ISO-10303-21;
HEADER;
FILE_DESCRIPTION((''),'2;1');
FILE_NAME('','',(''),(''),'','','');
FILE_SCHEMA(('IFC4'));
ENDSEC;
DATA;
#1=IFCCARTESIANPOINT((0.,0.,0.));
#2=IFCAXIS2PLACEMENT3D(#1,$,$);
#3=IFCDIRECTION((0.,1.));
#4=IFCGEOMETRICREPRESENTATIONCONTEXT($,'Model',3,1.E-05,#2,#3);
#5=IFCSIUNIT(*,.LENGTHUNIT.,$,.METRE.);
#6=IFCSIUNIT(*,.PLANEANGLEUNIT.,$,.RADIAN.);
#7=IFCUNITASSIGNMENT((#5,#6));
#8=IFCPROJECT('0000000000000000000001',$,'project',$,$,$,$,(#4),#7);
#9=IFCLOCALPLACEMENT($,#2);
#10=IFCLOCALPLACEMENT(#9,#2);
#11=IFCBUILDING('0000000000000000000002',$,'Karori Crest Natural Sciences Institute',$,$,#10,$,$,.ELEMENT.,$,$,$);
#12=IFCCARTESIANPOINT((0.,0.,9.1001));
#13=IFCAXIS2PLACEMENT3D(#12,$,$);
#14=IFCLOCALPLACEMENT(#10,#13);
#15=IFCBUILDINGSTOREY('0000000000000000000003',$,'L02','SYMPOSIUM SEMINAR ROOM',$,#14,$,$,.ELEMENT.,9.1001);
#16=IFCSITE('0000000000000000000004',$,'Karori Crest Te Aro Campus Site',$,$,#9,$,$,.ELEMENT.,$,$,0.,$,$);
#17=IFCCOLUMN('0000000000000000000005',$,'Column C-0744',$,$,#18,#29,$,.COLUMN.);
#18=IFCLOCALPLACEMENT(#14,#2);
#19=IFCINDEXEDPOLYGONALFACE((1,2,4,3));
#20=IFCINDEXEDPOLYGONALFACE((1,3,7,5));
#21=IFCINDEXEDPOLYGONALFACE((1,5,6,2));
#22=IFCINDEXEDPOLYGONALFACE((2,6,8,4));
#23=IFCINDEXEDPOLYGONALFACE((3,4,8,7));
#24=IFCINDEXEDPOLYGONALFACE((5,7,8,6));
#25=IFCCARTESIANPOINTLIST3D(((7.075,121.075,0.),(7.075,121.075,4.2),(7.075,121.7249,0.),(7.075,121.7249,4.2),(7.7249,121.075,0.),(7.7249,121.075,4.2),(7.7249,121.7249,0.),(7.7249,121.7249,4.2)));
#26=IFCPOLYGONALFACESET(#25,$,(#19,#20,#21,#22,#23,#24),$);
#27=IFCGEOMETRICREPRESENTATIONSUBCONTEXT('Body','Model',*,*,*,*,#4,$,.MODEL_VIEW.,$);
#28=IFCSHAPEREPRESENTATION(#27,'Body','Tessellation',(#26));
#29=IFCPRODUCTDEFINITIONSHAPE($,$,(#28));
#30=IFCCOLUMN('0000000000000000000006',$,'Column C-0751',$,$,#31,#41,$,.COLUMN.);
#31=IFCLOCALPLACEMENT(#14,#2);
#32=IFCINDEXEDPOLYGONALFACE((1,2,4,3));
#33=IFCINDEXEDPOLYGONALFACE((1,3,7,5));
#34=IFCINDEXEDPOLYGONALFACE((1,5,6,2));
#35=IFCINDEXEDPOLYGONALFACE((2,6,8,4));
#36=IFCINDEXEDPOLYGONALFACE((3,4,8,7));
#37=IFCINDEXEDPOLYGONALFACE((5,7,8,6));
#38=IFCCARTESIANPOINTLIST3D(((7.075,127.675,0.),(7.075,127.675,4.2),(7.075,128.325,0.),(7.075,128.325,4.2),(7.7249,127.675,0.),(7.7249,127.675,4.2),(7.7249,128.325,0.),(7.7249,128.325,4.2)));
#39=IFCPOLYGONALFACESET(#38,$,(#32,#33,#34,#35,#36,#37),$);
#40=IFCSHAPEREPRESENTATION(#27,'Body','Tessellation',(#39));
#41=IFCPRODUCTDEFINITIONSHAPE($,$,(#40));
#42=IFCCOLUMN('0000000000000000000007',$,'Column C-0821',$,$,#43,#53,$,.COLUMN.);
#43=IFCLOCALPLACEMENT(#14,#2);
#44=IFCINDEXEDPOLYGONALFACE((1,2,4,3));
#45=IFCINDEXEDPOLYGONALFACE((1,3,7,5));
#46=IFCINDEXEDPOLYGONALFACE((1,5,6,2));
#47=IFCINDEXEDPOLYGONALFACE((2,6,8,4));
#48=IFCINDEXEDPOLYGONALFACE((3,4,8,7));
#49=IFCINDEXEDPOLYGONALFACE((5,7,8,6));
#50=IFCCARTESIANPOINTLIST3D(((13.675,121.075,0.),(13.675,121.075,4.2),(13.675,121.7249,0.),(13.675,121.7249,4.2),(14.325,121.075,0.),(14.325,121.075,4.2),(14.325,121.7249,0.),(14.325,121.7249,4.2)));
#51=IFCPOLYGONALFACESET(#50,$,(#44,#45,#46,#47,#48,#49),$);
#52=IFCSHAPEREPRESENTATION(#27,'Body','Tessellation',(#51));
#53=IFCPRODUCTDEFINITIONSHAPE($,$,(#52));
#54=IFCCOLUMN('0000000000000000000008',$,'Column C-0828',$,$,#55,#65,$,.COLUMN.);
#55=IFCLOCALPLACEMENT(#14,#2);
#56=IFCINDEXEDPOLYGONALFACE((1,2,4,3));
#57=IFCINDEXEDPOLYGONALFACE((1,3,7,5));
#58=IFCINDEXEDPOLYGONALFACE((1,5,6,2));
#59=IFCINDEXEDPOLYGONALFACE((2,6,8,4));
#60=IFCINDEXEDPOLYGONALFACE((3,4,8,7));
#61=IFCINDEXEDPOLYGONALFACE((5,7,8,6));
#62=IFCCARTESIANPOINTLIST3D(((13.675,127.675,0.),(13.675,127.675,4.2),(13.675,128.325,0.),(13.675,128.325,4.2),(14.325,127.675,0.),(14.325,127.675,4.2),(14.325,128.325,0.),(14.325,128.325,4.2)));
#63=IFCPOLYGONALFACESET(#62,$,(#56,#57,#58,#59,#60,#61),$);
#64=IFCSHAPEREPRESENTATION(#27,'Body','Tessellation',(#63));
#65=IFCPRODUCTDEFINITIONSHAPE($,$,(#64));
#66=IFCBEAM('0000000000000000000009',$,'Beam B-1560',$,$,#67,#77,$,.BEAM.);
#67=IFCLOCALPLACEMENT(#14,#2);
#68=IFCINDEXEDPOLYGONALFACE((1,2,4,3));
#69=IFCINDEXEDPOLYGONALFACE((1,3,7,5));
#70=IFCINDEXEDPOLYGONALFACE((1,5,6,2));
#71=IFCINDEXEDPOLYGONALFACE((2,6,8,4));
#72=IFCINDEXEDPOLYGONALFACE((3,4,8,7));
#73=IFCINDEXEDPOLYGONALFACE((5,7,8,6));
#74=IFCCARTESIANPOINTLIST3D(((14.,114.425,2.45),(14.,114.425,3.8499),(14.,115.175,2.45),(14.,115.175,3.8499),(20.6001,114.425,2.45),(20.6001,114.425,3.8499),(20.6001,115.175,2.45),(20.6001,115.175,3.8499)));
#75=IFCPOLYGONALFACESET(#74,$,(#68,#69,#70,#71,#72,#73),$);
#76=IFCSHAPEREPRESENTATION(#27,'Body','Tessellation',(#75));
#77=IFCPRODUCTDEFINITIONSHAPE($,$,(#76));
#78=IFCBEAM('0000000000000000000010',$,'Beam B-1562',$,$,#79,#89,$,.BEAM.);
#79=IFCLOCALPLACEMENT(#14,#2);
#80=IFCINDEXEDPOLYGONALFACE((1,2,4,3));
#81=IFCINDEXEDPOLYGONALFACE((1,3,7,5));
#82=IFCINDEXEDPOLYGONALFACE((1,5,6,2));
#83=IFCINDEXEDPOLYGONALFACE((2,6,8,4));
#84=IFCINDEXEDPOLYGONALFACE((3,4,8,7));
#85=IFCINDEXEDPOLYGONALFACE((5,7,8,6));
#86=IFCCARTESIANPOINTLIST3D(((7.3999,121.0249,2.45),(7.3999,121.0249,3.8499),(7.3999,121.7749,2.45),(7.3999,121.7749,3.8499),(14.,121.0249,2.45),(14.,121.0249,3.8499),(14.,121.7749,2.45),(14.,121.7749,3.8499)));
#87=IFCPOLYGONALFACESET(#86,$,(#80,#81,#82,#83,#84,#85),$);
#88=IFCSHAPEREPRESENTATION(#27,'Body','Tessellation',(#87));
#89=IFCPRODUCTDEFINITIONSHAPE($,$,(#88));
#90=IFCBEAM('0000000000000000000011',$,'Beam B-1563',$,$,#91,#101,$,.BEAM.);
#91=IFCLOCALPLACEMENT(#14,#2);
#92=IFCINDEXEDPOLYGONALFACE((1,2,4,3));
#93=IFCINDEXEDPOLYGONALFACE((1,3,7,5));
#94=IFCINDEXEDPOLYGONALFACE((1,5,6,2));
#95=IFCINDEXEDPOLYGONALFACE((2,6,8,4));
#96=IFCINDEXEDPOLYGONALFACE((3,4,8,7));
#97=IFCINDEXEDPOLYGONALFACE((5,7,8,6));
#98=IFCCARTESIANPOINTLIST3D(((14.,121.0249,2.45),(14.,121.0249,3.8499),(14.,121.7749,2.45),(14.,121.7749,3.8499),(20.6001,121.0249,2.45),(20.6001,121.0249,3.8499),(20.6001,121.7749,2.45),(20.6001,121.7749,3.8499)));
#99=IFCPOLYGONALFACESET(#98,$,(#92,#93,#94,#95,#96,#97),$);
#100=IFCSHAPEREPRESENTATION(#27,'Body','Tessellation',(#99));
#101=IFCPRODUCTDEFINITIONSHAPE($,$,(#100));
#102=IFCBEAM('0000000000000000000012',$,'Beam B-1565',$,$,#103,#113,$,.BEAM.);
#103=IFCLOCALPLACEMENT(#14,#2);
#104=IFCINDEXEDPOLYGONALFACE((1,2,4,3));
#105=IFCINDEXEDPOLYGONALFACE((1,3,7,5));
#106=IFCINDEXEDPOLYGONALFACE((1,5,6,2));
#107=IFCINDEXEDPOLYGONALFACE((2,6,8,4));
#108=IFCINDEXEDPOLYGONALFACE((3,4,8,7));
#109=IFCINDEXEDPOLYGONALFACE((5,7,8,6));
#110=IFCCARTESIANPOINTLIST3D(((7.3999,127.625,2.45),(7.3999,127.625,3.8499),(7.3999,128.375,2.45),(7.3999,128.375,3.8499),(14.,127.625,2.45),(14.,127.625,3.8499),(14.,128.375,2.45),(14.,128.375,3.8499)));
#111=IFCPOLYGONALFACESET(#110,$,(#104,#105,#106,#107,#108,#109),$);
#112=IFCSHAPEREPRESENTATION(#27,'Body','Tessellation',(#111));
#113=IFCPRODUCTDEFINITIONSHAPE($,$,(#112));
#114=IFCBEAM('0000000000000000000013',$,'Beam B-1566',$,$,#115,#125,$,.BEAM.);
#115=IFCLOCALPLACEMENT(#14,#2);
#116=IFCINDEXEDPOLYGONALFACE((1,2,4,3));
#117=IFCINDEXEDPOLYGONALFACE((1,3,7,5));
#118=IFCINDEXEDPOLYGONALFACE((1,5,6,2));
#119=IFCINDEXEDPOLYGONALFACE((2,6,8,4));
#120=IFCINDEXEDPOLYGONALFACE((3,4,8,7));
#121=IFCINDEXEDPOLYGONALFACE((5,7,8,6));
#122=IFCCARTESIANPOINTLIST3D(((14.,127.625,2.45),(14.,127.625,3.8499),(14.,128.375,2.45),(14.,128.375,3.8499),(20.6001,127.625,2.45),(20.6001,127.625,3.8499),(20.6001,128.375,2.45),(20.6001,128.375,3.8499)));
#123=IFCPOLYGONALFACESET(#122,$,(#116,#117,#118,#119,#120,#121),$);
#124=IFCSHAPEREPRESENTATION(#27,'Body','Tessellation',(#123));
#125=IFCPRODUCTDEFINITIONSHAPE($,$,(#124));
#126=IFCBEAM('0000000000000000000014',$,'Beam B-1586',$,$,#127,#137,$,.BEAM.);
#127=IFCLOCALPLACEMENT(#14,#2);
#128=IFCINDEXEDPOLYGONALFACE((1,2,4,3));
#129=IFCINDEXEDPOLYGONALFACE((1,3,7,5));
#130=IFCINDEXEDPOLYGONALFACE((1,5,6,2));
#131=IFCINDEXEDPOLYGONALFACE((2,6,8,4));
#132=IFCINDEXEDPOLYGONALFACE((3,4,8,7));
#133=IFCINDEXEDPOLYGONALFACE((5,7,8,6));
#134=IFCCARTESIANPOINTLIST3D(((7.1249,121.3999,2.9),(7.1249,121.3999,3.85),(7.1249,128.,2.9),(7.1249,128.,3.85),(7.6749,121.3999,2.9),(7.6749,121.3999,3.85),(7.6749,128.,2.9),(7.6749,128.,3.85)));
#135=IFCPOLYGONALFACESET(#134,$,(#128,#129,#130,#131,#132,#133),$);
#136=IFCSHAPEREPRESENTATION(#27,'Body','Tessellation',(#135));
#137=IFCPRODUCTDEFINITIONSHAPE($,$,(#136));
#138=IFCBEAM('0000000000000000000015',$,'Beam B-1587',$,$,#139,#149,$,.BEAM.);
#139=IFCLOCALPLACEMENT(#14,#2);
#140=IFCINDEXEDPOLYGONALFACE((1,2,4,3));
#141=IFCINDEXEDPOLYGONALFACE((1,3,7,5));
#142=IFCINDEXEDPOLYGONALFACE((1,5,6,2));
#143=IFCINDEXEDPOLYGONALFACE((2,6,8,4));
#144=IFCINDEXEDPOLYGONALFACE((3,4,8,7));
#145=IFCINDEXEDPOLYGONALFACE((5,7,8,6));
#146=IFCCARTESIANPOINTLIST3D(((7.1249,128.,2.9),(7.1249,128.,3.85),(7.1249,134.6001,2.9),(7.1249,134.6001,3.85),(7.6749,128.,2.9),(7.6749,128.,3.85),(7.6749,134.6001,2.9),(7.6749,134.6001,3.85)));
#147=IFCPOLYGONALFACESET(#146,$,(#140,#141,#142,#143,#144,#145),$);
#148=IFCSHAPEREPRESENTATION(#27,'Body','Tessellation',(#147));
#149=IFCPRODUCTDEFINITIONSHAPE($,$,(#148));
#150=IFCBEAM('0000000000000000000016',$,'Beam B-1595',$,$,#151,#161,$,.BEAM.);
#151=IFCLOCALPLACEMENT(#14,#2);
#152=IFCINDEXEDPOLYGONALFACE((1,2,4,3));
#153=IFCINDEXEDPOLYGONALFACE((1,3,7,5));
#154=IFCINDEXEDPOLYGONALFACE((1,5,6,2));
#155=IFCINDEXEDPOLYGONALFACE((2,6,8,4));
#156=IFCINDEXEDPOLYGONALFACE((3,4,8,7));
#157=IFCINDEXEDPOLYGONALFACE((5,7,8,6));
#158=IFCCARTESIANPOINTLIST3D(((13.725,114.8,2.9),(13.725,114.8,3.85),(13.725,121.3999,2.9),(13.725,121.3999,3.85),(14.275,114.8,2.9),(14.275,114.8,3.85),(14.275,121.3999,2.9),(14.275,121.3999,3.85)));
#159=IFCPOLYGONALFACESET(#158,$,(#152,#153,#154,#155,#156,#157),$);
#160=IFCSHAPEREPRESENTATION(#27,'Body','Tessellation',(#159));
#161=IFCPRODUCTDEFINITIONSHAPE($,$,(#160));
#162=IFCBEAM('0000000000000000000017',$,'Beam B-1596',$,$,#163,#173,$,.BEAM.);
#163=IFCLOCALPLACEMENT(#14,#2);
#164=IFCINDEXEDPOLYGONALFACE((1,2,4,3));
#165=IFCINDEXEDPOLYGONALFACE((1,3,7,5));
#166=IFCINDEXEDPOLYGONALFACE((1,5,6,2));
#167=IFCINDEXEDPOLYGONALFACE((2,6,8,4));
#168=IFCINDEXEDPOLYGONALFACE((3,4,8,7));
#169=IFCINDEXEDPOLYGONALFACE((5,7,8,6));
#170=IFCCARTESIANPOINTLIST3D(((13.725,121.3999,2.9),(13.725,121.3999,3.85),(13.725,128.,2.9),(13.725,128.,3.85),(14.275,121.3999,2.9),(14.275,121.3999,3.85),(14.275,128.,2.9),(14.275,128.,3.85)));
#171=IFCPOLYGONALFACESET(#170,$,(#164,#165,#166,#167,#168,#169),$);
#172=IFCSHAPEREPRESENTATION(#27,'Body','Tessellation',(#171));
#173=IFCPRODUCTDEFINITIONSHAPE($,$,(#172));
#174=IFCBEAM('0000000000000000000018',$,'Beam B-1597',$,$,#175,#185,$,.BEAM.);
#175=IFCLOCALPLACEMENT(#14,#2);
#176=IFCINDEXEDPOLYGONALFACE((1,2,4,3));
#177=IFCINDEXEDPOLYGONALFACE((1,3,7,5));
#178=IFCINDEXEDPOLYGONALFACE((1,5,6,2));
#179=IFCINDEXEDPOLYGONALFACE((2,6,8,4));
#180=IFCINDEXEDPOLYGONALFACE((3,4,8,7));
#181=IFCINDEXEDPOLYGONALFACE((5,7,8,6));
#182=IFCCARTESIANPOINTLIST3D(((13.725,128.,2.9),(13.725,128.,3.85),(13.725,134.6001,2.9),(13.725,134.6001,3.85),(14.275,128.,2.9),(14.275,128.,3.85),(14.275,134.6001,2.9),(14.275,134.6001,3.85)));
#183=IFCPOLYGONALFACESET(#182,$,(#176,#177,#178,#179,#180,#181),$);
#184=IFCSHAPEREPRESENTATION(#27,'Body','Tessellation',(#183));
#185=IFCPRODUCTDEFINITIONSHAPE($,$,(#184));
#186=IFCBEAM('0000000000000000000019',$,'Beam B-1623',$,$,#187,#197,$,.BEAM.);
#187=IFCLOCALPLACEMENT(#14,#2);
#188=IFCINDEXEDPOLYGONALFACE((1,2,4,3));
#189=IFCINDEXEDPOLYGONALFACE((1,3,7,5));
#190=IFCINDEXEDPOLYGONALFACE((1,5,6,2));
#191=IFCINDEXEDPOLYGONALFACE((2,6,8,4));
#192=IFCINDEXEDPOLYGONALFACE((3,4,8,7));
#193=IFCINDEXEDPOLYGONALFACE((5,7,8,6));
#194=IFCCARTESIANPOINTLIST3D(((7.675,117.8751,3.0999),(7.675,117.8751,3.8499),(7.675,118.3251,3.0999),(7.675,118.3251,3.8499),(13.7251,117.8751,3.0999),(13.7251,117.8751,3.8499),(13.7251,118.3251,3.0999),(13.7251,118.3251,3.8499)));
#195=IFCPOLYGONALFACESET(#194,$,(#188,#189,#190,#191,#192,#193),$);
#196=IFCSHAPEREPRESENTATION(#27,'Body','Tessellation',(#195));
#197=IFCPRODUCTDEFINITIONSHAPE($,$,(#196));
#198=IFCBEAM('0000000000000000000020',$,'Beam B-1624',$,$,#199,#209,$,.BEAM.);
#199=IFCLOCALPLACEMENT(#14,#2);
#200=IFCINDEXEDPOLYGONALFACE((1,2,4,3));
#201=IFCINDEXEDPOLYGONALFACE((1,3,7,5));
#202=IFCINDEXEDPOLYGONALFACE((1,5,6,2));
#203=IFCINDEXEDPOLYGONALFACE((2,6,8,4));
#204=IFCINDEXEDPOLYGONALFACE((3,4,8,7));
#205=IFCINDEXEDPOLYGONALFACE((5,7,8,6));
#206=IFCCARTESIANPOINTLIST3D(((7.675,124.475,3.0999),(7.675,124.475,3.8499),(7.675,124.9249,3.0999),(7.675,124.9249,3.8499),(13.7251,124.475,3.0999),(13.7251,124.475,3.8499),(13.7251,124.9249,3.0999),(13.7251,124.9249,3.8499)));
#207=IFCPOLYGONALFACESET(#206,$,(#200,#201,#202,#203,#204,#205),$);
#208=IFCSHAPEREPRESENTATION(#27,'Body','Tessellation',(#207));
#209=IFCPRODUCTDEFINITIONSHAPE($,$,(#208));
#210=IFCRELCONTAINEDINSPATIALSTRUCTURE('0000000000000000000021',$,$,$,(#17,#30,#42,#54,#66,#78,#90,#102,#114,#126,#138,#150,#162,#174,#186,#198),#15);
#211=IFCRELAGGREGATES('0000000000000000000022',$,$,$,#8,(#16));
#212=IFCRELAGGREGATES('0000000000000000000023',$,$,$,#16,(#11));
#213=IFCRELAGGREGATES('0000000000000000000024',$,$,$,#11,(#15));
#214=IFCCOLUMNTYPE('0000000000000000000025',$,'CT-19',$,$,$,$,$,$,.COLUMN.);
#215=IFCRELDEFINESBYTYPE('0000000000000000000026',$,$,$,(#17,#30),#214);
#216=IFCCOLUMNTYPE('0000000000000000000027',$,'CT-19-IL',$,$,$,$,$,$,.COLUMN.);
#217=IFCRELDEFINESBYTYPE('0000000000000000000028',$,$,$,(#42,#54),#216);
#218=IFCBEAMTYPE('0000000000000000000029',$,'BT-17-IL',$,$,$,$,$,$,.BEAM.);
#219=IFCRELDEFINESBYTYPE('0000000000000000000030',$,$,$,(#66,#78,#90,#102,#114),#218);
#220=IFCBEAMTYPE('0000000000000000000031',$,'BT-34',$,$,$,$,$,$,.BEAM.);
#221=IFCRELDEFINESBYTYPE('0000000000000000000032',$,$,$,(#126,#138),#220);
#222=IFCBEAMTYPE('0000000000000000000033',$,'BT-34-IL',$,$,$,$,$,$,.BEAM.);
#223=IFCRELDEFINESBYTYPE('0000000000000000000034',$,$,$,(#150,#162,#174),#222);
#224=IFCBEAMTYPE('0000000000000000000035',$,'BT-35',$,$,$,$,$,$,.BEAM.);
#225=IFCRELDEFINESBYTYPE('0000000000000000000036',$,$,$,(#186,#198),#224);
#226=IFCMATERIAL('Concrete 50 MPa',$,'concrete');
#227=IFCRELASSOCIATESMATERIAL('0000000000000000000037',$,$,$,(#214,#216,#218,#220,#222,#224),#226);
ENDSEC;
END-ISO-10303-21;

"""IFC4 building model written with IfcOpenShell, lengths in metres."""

from ifc_helpers import new_model, si_unit, direction, frame, origin, origin_2d, place, context, subcontext, project, spatial, rectangle, extrude, material, material_profile, profile_set, type_object, element, save


model = new_model("IFC4")

# Units and contexts
model_context = context("Model", 3, precision=1e-05, world=origin(), true_north=direction((0.0, 1.0)))
body_context = subcontext(model_context, "Body", "Model", "MODEL_VIEW")
ifc_project = project(units=[si_unit("LENGTHUNIT", "METRE"), si_unit("PLANEANGLEUNIT", "RADIAN")], contexts=[model_context])

# Site, building, storey
site_placement = place(None, origin())
site = spatial("IfcSite", under=ifc_project, at=site_placement, Name="Karori Crest Te Aro Campus Site", CompositionType="ELEMENT", RefElevation=0.0)
building_placement = place(site_placement, origin())
building = spatial("IfcBuilding", under=site, at=building_placement, Name="Karori Crest Natural Sciences Institute", CompositionType="ELEMENT")
storey_placement = place(building_placement, frame((0.0, 0.0, 9.1001)))
storey = spatial("IfcBuildingStorey", under=building, at=storey_placement, Name="L02", Description="SYMPOSIUM SEMINAR ROOM", CompositionType="ELEMENT", Elevation=9.1001)

# Columns
ifc_material_1 = material(Name="Concrete 50 MPa", Category="concrete")
ifc_material_profile_1 = material_profile(ifc_material_1, rectangle(XDim=0.6499, YDim=0.6499, at=origin_2d()), Name="RC650x650")
ifc_profile_set_1 = profile_set([ifc_material_profile_1], Name="Concrete 50 MPa")
column_type_1 = type_object("IfcColumnType", Name="CT-19", PredefinedType="COLUMN", material=ifc_profile_set_1)
for number, where, z_axis, x_axis, name in (
    (1, (7.3999, 121.3999, 0.0), (0.0, 0.0, 1.0), (1.0, 0.0, 0.0), "Column C-0744"),
    (2, (7.3999, 128.0, 0.0), (0.0, 0.0, 1.0), (1.0, 0.0, 0.0), "Column C-0751"),
):
    element("IfcColumn", number, at=place(storey_placement, frame(where, z_axis=z_axis, x_axis=x_axis)), inside=storey, type_object=column_type_1, Name=name, PredefinedType="COLUMN", context=body_context, shape_type="SweptSolid", body=[
        extrude(rectangle(XDim=0.6499, YDim=0.6499, at=origin_2d()), origin(), (0.0, 0.0, 1.0), 4.2),
    ])
ifc_material_profile_2 = material_profile(ifc_material_1, rectangle(XDim=0.6499, YDim=0.6499, at=origin_2d()), Name="RC650x650")
ifc_profile_set_2 = profile_set([ifc_material_profile_2], Name="Concrete 50 MPa")
column_type_2 = type_object("IfcColumnType", Name="CT-19-IL", PredefinedType="COLUMN", material=ifc_profile_set_2)
for number, where, z_axis, x_axis, name in (
    (3, (14.0, 121.3999, 0.0), (0.0, 0.0, 1.0), (1.0, 0.0, 0.0), "Column C-0821"),
    (4, (14.0, 128.0, 0.0), (0.0, 0.0, 1.0), (1.0, 0.0, 0.0), "Column C-0828"),
):
    element("IfcColumn", number, at=place(storey_placement, frame(where, z_axis=z_axis, x_axis=x_axis)), inside=storey, type_object=column_type_2, Name=name, PredefinedType="COLUMN", context=body_context, shape_type="SweptSolid", body=[
        extrude(rectangle(XDim=0.6499, YDim=0.6499, at=origin_2d()), origin(), (0.0, 0.0, 1.0), 4.2),
    ])

# Beams
ifc_material_profile_3 = material_profile(ifc_material_1, rectangle(XDim=0.75, YDim=1.3999, at=origin_2d()), Name="RCB750x1400")
ifc_profile_set_3 = profile_set([ifc_material_profile_3], Name="Concrete 50 MPa")
beam_type_1 = type_object("IfcBeamType", Name="BT-17-IL", PredefinedType="BEAM", material=ifc_profile_set_3)
for number, where, z_axis, x_axis, name in (
    (5, (14.0, 114.8, 3.1499), (1.0, 0.0, 0.0), (0.0, 1.0, 0.0), "Beam B-1560"),
    (6, (7.3999, 121.3999, 3.1499), (1.0, 0.0, 0.0), (0.0, 1.0, 0.0), "Beam B-1562"),
    (7, (14.0, 121.3999, 3.1499), (1.0, 0.0, 0.0), (0.0, 1.0, 0.0), "Beam B-1563"),
    (8, (7.3999, 128.0, 3.1499), (1.0, 0.0, 0.0), (0.0, 1.0, 0.0), "Beam B-1565"),
    (9, (14.0, 128.0, 3.1499), (1.0, 0.0, 0.0), (0.0, 1.0, 0.0), "Beam B-1566"),
):
    element("IfcBeam", number, at=place(storey_placement, frame(where, z_axis=z_axis, x_axis=x_axis)), inside=storey, type_object=beam_type_1, Name=name, PredefinedType="BEAM", context=body_context, shape_type="SweptSolid", body=[
        extrude(rectangle(XDim=0.75, YDim=1.3999, at=origin_2d()), origin(), (0.0, 0.0, 1.0), 6.6001),
    ])
ifc_material_profile_4 = material_profile(ifc_material_1, rectangle(XDim=0.55, YDim=0.95, at=origin_2d()), Name="RCB550x950")
ifc_profile_set_4 = profile_set([ifc_material_profile_4], Name="Concrete 50 MPa")
beam_type_2 = type_object("IfcBeamType", Name="BT-34", PredefinedType="BEAM", material=ifc_profile_set_4)
for number, where, z_axis, x_axis, name in (
    (10, (7.3999, 121.3999, 3.375), (0.0, 1.0, 0.0), (-1.0, 0.0, 0.0), "Beam B-1586"),
    (11, (7.3999, 128.0, 3.375), (0.0, 1.0, 0.0), (-1.0, 0.0, 0.0), "Beam B-1587"),
):
    element("IfcBeam", number, at=place(storey_placement, frame(where, z_axis=z_axis, x_axis=x_axis)), inside=storey, type_object=beam_type_2, Name=name, PredefinedType="BEAM", context=body_context, shape_type="SweptSolid", body=[
        extrude(rectangle(XDim=0.55, YDim=0.95, at=origin_2d()), origin(), (0.0, 0.0, 1.0), 6.6001),
    ])
ifc_material_profile_5 = material_profile(ifc_material_1, rectangle(XDim=0.55, YDim=0.95, at=origin_2d()), Name="RCB550x950")
ifc_profile_set_5 = profile_set([ifc_material_profile_5], Name="Concrete 50 MPa")
beam_type_3 = type_object("IfcBeamType", Name="BT-34-IL", PredefinedType="BEAM", material=ifc_profile_set_5)
beam_placement = place(storey_placement, frame((14.0, 114.8, 3.375), z_axis=(0.0, 1.0, 0.0), x_axis=(-1.0, 0.0, 0.0)))
element("IfcBeam", 12, at=beam_placement, inside=storey, type_object=beam_type_3, Name="Beam B-1595", PredefinedType="BEAM", context=body_context, shape_type="SweptSolid", body=[
    extrude(rectangle(XDim=0.55, YDim=0.95, at=origin_2d()), origin(), (0.0, 0.0, 1.0), 6.5999),
])
for number, where, z_axis, x_axis, name in (
    (13, (14.0, 121.3999, 3.375), (0.0, 1.0, 0.0), (-1.0, 0.0, 0.0), "Beam B-1596"),
    (14, (14.0, 128.0, 3.375), (0.0, 1.0, 0.0), (-1.0, 0.0, 0.0), "Beam B-1597"),
):
    element("IfcBeam", number, at=place(storey_placement, frame(where, z_axis=z_axis, x_axis=x_axis)), inside=storey, type_object=beam_type_3, Name=name, PredefinedType="BEAM", context=body_context, shape_type="SweptSolid", body=[
        extrude(rectangle(XDim=0.55, YDim=0.95, at=origin_2d()), origin(), (0.0, 0.0, 1.0), 6.6001),
    ])
ifc_material_profile_6 = material_profile(ifc_material_1, rectangle(XDim=0.45, YDim=0.75, at=origin_2d()), Name="RCB450x750")
ifc_profile_set_6 = profile_set([ifc_material_profile_6], Name="Concrete 50 MPa")
beam_type_4 = type_object("IfcBeamType", Name="BT-35", PredefinedType="BEAM", material=ifc_profile_set_6)
for number, where, z_axis, x_axis, name in (
    (15, (7.675, 118.1001, 3.4749), (1.0, 0.0, 0.0), (0.0, 1.0, 0.0), "Beam B-1623"),
    (16, (7.675, 124.7, 3.4749), (1.0, 0.0, 0.0), (0.0, 1.0, 0.0), "Beam B-1624"),
):
    element("IfcBeam", number, at=place(storey_placement, frame(where, z_axis=z_axis, x_axis=x_axis)), inside=storey, type_object=beam_type_4, Name=name, PredefinedType="BEAM", context=body_context, shape_type="SweptSolid", body=[
        extrude(rectangle(XDim=0.45, YDim=0.75, at=origin_2d()), origin(), (0.0, 0.0, 1.0), 6.05),
    ])

save(model, "model.ifc")
